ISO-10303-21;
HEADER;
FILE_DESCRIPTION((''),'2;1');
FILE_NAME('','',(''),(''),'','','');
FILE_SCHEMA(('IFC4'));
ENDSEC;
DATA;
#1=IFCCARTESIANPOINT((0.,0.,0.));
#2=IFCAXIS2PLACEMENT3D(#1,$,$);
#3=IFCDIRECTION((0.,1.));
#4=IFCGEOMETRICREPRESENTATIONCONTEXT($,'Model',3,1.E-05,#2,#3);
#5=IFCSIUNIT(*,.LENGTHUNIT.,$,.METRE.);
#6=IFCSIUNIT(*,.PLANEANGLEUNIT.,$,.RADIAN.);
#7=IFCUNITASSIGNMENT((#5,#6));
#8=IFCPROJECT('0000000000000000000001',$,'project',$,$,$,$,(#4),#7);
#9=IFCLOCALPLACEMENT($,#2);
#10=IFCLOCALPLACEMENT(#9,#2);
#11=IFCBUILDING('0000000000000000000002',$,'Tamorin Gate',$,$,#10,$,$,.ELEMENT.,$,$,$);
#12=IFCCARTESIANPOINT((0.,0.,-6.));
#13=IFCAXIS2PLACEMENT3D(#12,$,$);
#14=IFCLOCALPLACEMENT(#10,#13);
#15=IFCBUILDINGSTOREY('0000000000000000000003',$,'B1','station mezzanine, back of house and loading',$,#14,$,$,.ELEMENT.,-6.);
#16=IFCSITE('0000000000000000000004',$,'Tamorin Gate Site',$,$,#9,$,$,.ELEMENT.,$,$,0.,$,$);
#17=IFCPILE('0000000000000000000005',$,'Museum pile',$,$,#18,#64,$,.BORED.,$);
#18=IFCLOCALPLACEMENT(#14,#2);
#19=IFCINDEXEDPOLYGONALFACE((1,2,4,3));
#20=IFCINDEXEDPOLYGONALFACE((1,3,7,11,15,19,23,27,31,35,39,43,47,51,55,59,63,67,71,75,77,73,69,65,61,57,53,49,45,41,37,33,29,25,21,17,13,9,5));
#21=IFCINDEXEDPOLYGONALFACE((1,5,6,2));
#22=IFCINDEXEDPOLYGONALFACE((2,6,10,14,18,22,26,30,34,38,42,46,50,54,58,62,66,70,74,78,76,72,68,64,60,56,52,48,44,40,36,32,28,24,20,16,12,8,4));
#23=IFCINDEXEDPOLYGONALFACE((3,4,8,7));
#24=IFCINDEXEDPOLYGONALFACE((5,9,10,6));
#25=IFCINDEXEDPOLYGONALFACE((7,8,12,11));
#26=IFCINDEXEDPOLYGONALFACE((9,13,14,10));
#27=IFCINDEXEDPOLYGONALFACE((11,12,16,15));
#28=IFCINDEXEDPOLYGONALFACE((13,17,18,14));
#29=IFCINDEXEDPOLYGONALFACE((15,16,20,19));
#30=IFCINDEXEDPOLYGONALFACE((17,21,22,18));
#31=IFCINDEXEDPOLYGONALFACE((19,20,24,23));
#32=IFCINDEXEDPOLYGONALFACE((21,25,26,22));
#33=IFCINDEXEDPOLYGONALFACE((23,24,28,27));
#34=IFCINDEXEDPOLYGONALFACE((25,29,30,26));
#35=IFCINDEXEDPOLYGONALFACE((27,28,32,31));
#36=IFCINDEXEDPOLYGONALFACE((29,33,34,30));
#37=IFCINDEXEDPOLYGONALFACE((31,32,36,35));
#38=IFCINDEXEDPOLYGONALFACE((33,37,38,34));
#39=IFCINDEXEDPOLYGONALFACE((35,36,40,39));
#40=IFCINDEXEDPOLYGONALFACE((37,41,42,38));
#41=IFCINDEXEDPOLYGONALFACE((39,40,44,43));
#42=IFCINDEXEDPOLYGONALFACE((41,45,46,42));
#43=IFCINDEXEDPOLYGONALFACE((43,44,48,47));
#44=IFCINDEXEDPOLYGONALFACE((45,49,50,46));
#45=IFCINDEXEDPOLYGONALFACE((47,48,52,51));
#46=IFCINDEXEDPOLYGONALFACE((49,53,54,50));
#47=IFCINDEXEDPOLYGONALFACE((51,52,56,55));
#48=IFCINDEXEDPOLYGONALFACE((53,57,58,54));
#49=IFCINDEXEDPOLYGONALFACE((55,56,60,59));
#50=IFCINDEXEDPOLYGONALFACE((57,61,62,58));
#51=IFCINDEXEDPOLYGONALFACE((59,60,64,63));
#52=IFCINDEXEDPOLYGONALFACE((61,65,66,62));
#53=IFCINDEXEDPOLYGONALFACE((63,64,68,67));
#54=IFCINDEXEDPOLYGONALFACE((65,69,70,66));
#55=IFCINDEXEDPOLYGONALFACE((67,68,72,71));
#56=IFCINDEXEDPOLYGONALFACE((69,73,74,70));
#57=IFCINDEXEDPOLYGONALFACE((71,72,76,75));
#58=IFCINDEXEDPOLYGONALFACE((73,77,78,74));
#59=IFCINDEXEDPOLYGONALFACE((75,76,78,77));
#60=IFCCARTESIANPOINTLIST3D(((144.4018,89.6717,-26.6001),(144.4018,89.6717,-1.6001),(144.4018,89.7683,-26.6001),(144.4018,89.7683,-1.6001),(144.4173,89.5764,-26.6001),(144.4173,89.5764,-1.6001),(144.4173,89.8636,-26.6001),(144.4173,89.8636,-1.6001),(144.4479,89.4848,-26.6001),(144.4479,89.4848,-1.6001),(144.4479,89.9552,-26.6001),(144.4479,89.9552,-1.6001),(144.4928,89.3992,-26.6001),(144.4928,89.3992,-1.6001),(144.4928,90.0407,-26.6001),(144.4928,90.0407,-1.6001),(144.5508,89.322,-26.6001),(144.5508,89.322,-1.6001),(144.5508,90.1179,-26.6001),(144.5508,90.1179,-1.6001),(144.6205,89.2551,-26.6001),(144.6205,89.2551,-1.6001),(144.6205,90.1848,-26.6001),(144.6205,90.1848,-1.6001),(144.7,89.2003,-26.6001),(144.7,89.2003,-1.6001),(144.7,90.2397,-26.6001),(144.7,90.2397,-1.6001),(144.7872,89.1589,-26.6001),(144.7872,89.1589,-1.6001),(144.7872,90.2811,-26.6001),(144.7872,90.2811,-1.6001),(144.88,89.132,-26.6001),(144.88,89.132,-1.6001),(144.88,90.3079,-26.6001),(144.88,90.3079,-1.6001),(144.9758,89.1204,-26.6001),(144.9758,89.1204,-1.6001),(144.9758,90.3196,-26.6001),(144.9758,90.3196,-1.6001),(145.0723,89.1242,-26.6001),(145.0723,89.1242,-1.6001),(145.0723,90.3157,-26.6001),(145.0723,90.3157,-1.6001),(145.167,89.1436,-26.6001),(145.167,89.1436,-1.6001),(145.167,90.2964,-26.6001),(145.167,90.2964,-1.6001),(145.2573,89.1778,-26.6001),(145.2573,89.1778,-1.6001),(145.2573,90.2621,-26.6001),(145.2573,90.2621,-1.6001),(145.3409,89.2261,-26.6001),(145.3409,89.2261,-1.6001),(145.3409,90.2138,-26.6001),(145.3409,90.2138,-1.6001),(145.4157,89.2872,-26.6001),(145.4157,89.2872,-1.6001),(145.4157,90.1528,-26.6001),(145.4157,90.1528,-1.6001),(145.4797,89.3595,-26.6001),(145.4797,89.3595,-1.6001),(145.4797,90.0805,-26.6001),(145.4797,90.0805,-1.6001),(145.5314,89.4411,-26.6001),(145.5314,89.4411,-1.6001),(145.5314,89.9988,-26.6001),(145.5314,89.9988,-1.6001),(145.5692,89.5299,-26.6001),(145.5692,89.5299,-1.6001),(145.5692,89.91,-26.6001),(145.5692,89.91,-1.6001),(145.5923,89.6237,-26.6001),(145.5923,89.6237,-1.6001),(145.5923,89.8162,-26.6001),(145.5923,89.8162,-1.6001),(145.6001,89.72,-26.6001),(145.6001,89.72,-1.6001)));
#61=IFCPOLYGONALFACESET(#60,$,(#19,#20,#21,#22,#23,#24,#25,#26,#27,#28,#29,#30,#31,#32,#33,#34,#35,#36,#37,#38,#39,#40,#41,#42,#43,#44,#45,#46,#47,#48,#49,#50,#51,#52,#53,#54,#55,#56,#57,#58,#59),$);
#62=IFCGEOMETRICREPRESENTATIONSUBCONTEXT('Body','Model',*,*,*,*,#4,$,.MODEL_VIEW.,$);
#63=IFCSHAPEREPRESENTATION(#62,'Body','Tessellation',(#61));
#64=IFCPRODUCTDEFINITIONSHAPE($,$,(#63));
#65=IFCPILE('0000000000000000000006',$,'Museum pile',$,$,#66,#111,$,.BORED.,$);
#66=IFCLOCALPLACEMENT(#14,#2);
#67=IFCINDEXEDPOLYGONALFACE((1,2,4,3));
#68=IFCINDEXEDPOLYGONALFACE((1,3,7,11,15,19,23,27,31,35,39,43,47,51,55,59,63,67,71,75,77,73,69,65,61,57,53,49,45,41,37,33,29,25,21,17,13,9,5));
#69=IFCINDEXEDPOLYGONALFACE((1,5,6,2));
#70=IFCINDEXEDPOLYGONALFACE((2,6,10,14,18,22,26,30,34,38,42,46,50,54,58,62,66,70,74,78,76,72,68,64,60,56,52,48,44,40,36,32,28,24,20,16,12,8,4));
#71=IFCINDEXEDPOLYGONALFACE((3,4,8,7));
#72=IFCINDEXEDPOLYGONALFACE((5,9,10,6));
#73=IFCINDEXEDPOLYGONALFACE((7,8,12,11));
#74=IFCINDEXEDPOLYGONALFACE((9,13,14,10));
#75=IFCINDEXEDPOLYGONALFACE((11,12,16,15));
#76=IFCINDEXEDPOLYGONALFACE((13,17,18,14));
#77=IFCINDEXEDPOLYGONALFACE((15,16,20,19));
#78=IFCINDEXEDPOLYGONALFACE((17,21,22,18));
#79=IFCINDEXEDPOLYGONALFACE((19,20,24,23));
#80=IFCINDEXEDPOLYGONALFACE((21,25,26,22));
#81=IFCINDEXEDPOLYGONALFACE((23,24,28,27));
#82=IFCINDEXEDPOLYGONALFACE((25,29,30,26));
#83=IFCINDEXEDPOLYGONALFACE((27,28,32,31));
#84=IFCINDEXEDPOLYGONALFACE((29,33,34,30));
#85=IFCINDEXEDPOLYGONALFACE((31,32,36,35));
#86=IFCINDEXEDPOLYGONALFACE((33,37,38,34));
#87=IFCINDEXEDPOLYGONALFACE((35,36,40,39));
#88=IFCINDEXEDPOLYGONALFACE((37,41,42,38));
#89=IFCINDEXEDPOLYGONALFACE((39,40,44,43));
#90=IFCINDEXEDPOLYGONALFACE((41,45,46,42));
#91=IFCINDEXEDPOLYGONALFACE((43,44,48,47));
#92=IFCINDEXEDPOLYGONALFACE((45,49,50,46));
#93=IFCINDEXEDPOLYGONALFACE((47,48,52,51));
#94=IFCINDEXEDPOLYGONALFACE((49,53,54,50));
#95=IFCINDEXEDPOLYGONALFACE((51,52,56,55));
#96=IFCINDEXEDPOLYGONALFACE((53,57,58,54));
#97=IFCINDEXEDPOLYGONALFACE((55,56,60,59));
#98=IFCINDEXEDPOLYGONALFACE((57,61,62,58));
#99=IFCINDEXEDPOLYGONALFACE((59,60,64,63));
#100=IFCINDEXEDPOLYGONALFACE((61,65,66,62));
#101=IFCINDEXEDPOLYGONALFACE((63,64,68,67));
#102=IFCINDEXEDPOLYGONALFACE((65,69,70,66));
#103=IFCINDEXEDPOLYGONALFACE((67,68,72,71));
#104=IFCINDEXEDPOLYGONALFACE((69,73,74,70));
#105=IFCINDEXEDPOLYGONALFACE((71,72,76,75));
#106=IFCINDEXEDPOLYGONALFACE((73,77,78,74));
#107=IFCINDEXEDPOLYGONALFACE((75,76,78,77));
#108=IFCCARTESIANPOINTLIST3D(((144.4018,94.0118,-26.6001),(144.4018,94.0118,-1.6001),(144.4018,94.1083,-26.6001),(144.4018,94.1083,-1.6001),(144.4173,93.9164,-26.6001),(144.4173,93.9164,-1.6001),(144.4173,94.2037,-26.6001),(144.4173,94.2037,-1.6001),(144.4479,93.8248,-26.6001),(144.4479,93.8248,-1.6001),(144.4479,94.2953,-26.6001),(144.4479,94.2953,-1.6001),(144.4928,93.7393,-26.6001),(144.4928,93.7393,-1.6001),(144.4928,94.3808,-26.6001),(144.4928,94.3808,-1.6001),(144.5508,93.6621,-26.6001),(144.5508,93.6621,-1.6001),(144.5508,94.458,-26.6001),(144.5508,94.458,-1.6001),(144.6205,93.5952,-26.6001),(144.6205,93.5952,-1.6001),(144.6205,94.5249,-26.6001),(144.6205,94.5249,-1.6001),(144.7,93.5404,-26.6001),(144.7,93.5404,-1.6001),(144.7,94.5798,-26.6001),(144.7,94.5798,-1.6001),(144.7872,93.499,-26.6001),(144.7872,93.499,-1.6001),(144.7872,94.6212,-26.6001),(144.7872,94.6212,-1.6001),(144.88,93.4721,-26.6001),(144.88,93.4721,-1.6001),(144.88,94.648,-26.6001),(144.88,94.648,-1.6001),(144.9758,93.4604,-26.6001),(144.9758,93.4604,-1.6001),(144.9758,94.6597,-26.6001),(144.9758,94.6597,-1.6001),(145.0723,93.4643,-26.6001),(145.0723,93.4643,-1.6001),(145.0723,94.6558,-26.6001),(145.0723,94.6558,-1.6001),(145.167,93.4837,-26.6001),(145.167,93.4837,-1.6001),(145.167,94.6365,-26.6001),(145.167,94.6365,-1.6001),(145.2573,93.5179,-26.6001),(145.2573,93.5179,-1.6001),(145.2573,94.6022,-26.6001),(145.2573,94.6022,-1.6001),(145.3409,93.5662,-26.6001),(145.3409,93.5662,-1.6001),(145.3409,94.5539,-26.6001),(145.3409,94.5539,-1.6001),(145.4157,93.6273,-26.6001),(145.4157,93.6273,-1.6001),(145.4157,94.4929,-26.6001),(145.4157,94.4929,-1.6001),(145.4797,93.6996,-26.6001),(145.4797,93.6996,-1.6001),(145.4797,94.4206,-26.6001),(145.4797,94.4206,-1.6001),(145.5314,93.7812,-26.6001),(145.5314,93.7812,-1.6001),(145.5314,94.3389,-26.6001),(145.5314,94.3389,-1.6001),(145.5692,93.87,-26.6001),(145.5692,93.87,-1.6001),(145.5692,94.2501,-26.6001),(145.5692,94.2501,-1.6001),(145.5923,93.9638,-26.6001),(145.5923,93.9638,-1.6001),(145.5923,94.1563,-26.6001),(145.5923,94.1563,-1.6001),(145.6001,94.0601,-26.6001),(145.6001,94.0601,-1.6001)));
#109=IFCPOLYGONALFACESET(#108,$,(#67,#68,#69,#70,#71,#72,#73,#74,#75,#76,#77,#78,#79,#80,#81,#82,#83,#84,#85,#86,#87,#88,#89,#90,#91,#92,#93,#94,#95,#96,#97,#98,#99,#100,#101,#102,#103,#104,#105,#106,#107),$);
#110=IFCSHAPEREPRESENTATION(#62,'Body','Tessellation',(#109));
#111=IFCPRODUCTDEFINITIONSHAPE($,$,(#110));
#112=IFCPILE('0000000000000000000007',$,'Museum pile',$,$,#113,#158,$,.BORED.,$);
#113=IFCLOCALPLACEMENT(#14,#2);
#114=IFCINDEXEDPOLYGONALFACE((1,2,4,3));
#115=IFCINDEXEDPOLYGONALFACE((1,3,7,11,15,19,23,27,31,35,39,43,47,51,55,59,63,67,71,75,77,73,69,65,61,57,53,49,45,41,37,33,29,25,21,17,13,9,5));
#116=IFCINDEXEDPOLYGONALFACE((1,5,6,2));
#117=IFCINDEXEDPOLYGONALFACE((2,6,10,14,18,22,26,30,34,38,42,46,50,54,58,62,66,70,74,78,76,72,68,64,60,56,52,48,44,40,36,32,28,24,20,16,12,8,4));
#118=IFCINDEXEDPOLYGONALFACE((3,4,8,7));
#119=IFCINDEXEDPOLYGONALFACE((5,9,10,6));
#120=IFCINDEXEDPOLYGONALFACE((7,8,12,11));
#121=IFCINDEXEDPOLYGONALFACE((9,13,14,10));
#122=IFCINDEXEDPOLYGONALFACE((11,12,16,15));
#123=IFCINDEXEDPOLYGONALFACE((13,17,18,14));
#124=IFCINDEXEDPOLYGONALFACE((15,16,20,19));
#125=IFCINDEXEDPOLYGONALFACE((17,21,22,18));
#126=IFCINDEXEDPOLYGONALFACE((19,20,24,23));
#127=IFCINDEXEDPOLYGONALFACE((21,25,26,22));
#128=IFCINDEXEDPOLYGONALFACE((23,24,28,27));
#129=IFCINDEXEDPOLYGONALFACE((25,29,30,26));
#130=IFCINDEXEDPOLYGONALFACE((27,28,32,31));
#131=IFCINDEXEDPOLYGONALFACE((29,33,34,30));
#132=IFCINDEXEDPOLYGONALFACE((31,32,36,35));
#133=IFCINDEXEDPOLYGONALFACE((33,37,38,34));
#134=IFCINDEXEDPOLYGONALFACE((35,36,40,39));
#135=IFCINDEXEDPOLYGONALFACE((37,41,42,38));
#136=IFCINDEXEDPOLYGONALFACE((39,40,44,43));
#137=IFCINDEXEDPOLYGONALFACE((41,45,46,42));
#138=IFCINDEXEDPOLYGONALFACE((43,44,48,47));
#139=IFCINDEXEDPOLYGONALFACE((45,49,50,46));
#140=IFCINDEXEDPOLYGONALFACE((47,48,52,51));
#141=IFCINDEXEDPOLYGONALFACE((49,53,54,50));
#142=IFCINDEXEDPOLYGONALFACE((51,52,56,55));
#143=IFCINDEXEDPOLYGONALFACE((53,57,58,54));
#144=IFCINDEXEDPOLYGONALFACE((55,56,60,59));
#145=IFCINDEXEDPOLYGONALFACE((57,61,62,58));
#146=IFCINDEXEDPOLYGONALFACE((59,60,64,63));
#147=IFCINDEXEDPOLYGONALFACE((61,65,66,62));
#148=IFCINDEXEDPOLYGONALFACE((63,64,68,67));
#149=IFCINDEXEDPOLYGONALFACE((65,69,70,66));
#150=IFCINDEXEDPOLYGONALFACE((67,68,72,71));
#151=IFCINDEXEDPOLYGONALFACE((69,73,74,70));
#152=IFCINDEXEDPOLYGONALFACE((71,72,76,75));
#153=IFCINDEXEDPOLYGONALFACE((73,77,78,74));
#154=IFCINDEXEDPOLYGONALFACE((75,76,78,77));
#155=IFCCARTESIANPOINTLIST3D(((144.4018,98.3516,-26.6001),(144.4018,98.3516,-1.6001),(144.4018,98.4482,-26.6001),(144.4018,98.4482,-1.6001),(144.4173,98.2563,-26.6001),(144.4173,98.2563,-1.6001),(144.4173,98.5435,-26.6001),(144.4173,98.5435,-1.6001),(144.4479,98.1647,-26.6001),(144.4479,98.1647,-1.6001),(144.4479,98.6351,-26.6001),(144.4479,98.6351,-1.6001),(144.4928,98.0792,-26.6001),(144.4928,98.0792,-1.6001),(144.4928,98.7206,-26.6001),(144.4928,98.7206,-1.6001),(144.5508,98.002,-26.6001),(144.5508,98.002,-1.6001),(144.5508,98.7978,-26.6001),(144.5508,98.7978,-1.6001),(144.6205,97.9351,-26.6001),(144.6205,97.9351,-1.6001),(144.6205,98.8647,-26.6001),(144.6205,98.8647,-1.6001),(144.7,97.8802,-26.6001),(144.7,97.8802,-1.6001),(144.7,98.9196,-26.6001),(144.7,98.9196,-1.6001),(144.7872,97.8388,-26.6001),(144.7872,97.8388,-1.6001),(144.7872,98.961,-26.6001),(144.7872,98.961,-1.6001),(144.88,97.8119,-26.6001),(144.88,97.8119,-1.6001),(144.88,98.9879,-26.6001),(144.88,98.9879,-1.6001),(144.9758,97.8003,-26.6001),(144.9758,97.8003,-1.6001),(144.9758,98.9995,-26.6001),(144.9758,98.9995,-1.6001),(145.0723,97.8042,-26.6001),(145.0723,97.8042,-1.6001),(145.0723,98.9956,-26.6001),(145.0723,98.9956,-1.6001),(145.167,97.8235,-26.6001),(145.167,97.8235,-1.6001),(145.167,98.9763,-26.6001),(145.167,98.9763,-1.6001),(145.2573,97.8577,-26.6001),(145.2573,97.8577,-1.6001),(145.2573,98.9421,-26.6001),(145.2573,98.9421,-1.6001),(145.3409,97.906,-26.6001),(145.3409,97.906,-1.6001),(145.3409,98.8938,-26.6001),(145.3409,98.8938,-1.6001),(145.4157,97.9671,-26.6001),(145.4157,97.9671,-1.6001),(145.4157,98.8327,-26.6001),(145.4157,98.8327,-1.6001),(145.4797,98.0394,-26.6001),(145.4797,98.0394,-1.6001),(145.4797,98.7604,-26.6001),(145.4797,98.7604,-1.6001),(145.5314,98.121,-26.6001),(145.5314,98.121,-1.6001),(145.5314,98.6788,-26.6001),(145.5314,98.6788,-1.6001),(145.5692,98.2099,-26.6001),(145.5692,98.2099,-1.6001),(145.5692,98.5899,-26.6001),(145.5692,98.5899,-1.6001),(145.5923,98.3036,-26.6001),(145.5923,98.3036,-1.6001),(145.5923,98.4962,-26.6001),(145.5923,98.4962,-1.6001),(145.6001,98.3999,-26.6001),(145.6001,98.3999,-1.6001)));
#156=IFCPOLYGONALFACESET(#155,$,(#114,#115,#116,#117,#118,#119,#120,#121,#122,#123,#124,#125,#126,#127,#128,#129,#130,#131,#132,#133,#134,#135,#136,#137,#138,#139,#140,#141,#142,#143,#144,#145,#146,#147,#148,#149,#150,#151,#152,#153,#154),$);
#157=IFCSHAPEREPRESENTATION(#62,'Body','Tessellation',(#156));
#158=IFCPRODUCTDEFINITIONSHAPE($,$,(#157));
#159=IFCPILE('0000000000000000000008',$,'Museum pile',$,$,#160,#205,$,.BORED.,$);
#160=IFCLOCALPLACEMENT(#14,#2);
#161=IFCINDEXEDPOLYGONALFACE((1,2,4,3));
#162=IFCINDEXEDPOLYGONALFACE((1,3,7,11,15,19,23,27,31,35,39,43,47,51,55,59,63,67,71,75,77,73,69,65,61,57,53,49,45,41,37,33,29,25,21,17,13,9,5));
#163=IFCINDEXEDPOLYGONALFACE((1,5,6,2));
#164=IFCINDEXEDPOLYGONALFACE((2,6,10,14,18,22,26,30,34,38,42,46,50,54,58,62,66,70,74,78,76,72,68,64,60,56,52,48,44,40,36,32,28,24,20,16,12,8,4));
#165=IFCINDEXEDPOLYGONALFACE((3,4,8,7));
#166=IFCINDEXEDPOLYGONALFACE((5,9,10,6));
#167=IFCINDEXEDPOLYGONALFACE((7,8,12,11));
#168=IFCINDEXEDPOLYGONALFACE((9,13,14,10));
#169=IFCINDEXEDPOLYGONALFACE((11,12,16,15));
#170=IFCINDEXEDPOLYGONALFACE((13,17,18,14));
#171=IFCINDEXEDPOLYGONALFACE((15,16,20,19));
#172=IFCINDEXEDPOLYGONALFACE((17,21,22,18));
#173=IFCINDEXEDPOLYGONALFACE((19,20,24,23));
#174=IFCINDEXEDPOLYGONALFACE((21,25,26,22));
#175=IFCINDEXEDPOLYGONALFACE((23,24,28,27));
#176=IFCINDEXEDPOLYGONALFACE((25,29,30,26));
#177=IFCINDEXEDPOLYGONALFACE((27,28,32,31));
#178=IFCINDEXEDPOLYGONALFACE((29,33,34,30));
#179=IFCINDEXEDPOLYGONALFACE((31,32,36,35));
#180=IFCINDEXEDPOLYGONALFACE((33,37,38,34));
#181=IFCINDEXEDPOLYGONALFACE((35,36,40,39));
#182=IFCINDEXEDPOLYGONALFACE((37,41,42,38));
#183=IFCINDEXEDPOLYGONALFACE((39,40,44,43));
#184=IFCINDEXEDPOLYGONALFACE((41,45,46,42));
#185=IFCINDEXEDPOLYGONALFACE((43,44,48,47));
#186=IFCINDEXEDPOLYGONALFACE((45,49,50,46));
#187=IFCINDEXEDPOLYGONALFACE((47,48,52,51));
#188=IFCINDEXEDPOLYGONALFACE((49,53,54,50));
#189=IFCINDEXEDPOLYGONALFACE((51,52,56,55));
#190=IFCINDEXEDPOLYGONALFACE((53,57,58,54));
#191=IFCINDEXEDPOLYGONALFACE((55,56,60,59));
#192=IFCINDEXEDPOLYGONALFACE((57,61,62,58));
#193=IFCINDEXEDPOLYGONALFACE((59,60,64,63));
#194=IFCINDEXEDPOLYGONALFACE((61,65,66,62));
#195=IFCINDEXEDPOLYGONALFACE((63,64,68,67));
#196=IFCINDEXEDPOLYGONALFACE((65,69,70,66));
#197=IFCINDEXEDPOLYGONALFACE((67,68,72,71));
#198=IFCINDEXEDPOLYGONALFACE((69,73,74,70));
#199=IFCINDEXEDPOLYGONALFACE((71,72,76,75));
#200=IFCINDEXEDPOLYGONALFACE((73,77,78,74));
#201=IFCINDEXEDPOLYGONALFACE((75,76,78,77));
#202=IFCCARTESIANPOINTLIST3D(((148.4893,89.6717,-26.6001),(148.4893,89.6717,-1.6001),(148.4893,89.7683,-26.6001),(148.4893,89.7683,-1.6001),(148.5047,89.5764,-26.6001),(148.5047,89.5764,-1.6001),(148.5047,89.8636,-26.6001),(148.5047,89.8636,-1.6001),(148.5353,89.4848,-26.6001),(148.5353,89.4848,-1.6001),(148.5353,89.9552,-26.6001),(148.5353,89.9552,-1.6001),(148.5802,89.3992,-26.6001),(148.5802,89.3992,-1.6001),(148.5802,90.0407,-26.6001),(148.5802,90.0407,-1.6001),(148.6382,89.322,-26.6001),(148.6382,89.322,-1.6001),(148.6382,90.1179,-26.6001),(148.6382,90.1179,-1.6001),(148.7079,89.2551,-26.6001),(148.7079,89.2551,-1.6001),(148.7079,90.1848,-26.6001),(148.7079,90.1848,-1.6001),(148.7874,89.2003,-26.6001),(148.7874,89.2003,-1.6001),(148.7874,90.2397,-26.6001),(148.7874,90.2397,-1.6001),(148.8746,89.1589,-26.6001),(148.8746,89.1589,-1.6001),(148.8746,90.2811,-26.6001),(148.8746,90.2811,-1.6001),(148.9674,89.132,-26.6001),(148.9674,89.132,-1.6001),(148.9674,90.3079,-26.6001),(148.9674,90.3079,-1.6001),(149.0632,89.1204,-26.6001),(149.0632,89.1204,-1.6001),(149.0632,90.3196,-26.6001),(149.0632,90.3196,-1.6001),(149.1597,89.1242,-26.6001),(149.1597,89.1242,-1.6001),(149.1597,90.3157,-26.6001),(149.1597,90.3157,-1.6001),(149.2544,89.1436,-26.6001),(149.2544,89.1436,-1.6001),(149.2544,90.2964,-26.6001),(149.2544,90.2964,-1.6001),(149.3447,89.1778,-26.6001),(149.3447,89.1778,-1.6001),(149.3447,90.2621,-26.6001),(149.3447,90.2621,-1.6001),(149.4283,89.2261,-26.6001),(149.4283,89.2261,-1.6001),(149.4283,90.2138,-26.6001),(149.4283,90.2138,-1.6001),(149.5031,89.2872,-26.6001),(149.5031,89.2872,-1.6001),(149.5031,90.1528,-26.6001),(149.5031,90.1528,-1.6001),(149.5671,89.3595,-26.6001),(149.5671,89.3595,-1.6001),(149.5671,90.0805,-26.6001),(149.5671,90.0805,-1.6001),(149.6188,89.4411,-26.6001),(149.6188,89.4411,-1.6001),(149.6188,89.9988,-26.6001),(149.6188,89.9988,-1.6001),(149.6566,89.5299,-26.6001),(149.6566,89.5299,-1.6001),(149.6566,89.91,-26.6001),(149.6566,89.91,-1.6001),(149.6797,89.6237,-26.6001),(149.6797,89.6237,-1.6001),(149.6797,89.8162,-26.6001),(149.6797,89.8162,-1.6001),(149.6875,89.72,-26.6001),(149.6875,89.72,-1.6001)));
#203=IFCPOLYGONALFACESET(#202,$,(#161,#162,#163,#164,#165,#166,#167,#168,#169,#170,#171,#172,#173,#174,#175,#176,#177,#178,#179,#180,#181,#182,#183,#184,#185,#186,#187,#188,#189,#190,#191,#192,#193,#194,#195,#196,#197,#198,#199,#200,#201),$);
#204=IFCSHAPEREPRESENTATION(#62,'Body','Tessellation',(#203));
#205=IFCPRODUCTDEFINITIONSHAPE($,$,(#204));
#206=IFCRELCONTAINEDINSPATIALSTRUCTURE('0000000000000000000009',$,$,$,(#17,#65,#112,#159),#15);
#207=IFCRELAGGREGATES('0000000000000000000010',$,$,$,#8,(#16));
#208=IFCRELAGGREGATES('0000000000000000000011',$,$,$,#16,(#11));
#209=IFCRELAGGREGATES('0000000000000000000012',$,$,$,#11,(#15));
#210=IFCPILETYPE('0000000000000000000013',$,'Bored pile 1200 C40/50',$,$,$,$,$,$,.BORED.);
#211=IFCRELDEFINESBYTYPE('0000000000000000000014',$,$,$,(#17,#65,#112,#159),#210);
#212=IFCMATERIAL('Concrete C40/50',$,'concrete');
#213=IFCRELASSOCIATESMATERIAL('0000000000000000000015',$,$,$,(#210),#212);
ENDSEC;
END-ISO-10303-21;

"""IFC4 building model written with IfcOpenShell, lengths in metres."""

from ifc_helpers import new_model, si_unit, direction, frame, origin, origin_2d, place, context, subcontext, project, spatial, circle, extrude, material, material_profile, profile_set, type_object, element, save


model = new_model("IFC4")

# Units and contexts
model_context = context("Model", 3, precision=1e-05, world=origin(), true_north=direction((0.0, 1.0)))
body_context = subcontext(model_context, "Body", "Model", "MODEL_VIEW")
ifc_project = project(units=[si_unit("LENGTHUNIT", "METRE"), si_unit("PLANEANGLEUNIT", "RADIAN")], contexts=[model_context])

# Site, building, storey
site_placement = place(None, origin())
site = spatial("IfcSite", under=ifc_project, at=site_placement, Name="Tamorin Gate Site", CompositionType="ELEMENT", RefElevation=0.0)
building_placement = place(site_placement, origin())
building = spatial("IfcBuilding", under=site, at=building_placement, Name="Tamorin Gate", CompositionType="ELEMENT")
storey_placement = place(building_placement, frame((0.0, 0.0, -6.0)))
storey = spatial("IfcBuildingStorey", under=building, at=storey_placement, Name="B1", Description="station mezzanine, back of house and loading", CompositionType="ELEMENT", Elevation=-6.0)

# Piles
ifc_material_1 = material(Name="Concrete C40/50", Category="concrete")
ifc_material_profile_1 = material_profile(ifc_material_1, circle(Radius=0.6001, at=origin_2d()))
ifc_profile_set_1 = profile_set([ifc_material_profile_1], Name="Concrete C40/50")
pile_type = type_object("IfcPileType", Name="Bored pile 1200 C40/50", PredefinedType="BORED", material=ifc_profile_set_1)
for number, where, z_axis, x_axis, name in (
    (1, (145.0, 89.72, -1.6001), (0.0, 0.0, -1.0), (1.0, 0.0, 0.0), "Museum pile"),
    (2, (145.0, 94.0601, -1.6001), (0.0, 0.0, -1.0), (1.0, 0.0, 0.0), "Museum pile"),
    (3, (145.0, 98.3999, -1.6001), (0.0, 0.0, -1.0), (1.0, 0.0, 0.0), "Museum pile"),
    (4, (149.0874, 89.72, -1.6001), (0.0, 0.0, -1.0), (1.0, 0.0, 0.0), "Museum pile"),
):
    element("IfcPile", number, at=place(storey_placement, frame(where, z_axis=z_axis, x_axis=x_axis)), inside=storey, type_object=pile_type, Name=name, PredefinedType="BORED", context=body_context, shape_type="SweptSolid", body=[
        extrude(circle(Radius=0.6001, at=origin_2d()), origin(), (0.0, 0.0, 1.0), 25.0),
    ])

save(model, "model.ifc")
